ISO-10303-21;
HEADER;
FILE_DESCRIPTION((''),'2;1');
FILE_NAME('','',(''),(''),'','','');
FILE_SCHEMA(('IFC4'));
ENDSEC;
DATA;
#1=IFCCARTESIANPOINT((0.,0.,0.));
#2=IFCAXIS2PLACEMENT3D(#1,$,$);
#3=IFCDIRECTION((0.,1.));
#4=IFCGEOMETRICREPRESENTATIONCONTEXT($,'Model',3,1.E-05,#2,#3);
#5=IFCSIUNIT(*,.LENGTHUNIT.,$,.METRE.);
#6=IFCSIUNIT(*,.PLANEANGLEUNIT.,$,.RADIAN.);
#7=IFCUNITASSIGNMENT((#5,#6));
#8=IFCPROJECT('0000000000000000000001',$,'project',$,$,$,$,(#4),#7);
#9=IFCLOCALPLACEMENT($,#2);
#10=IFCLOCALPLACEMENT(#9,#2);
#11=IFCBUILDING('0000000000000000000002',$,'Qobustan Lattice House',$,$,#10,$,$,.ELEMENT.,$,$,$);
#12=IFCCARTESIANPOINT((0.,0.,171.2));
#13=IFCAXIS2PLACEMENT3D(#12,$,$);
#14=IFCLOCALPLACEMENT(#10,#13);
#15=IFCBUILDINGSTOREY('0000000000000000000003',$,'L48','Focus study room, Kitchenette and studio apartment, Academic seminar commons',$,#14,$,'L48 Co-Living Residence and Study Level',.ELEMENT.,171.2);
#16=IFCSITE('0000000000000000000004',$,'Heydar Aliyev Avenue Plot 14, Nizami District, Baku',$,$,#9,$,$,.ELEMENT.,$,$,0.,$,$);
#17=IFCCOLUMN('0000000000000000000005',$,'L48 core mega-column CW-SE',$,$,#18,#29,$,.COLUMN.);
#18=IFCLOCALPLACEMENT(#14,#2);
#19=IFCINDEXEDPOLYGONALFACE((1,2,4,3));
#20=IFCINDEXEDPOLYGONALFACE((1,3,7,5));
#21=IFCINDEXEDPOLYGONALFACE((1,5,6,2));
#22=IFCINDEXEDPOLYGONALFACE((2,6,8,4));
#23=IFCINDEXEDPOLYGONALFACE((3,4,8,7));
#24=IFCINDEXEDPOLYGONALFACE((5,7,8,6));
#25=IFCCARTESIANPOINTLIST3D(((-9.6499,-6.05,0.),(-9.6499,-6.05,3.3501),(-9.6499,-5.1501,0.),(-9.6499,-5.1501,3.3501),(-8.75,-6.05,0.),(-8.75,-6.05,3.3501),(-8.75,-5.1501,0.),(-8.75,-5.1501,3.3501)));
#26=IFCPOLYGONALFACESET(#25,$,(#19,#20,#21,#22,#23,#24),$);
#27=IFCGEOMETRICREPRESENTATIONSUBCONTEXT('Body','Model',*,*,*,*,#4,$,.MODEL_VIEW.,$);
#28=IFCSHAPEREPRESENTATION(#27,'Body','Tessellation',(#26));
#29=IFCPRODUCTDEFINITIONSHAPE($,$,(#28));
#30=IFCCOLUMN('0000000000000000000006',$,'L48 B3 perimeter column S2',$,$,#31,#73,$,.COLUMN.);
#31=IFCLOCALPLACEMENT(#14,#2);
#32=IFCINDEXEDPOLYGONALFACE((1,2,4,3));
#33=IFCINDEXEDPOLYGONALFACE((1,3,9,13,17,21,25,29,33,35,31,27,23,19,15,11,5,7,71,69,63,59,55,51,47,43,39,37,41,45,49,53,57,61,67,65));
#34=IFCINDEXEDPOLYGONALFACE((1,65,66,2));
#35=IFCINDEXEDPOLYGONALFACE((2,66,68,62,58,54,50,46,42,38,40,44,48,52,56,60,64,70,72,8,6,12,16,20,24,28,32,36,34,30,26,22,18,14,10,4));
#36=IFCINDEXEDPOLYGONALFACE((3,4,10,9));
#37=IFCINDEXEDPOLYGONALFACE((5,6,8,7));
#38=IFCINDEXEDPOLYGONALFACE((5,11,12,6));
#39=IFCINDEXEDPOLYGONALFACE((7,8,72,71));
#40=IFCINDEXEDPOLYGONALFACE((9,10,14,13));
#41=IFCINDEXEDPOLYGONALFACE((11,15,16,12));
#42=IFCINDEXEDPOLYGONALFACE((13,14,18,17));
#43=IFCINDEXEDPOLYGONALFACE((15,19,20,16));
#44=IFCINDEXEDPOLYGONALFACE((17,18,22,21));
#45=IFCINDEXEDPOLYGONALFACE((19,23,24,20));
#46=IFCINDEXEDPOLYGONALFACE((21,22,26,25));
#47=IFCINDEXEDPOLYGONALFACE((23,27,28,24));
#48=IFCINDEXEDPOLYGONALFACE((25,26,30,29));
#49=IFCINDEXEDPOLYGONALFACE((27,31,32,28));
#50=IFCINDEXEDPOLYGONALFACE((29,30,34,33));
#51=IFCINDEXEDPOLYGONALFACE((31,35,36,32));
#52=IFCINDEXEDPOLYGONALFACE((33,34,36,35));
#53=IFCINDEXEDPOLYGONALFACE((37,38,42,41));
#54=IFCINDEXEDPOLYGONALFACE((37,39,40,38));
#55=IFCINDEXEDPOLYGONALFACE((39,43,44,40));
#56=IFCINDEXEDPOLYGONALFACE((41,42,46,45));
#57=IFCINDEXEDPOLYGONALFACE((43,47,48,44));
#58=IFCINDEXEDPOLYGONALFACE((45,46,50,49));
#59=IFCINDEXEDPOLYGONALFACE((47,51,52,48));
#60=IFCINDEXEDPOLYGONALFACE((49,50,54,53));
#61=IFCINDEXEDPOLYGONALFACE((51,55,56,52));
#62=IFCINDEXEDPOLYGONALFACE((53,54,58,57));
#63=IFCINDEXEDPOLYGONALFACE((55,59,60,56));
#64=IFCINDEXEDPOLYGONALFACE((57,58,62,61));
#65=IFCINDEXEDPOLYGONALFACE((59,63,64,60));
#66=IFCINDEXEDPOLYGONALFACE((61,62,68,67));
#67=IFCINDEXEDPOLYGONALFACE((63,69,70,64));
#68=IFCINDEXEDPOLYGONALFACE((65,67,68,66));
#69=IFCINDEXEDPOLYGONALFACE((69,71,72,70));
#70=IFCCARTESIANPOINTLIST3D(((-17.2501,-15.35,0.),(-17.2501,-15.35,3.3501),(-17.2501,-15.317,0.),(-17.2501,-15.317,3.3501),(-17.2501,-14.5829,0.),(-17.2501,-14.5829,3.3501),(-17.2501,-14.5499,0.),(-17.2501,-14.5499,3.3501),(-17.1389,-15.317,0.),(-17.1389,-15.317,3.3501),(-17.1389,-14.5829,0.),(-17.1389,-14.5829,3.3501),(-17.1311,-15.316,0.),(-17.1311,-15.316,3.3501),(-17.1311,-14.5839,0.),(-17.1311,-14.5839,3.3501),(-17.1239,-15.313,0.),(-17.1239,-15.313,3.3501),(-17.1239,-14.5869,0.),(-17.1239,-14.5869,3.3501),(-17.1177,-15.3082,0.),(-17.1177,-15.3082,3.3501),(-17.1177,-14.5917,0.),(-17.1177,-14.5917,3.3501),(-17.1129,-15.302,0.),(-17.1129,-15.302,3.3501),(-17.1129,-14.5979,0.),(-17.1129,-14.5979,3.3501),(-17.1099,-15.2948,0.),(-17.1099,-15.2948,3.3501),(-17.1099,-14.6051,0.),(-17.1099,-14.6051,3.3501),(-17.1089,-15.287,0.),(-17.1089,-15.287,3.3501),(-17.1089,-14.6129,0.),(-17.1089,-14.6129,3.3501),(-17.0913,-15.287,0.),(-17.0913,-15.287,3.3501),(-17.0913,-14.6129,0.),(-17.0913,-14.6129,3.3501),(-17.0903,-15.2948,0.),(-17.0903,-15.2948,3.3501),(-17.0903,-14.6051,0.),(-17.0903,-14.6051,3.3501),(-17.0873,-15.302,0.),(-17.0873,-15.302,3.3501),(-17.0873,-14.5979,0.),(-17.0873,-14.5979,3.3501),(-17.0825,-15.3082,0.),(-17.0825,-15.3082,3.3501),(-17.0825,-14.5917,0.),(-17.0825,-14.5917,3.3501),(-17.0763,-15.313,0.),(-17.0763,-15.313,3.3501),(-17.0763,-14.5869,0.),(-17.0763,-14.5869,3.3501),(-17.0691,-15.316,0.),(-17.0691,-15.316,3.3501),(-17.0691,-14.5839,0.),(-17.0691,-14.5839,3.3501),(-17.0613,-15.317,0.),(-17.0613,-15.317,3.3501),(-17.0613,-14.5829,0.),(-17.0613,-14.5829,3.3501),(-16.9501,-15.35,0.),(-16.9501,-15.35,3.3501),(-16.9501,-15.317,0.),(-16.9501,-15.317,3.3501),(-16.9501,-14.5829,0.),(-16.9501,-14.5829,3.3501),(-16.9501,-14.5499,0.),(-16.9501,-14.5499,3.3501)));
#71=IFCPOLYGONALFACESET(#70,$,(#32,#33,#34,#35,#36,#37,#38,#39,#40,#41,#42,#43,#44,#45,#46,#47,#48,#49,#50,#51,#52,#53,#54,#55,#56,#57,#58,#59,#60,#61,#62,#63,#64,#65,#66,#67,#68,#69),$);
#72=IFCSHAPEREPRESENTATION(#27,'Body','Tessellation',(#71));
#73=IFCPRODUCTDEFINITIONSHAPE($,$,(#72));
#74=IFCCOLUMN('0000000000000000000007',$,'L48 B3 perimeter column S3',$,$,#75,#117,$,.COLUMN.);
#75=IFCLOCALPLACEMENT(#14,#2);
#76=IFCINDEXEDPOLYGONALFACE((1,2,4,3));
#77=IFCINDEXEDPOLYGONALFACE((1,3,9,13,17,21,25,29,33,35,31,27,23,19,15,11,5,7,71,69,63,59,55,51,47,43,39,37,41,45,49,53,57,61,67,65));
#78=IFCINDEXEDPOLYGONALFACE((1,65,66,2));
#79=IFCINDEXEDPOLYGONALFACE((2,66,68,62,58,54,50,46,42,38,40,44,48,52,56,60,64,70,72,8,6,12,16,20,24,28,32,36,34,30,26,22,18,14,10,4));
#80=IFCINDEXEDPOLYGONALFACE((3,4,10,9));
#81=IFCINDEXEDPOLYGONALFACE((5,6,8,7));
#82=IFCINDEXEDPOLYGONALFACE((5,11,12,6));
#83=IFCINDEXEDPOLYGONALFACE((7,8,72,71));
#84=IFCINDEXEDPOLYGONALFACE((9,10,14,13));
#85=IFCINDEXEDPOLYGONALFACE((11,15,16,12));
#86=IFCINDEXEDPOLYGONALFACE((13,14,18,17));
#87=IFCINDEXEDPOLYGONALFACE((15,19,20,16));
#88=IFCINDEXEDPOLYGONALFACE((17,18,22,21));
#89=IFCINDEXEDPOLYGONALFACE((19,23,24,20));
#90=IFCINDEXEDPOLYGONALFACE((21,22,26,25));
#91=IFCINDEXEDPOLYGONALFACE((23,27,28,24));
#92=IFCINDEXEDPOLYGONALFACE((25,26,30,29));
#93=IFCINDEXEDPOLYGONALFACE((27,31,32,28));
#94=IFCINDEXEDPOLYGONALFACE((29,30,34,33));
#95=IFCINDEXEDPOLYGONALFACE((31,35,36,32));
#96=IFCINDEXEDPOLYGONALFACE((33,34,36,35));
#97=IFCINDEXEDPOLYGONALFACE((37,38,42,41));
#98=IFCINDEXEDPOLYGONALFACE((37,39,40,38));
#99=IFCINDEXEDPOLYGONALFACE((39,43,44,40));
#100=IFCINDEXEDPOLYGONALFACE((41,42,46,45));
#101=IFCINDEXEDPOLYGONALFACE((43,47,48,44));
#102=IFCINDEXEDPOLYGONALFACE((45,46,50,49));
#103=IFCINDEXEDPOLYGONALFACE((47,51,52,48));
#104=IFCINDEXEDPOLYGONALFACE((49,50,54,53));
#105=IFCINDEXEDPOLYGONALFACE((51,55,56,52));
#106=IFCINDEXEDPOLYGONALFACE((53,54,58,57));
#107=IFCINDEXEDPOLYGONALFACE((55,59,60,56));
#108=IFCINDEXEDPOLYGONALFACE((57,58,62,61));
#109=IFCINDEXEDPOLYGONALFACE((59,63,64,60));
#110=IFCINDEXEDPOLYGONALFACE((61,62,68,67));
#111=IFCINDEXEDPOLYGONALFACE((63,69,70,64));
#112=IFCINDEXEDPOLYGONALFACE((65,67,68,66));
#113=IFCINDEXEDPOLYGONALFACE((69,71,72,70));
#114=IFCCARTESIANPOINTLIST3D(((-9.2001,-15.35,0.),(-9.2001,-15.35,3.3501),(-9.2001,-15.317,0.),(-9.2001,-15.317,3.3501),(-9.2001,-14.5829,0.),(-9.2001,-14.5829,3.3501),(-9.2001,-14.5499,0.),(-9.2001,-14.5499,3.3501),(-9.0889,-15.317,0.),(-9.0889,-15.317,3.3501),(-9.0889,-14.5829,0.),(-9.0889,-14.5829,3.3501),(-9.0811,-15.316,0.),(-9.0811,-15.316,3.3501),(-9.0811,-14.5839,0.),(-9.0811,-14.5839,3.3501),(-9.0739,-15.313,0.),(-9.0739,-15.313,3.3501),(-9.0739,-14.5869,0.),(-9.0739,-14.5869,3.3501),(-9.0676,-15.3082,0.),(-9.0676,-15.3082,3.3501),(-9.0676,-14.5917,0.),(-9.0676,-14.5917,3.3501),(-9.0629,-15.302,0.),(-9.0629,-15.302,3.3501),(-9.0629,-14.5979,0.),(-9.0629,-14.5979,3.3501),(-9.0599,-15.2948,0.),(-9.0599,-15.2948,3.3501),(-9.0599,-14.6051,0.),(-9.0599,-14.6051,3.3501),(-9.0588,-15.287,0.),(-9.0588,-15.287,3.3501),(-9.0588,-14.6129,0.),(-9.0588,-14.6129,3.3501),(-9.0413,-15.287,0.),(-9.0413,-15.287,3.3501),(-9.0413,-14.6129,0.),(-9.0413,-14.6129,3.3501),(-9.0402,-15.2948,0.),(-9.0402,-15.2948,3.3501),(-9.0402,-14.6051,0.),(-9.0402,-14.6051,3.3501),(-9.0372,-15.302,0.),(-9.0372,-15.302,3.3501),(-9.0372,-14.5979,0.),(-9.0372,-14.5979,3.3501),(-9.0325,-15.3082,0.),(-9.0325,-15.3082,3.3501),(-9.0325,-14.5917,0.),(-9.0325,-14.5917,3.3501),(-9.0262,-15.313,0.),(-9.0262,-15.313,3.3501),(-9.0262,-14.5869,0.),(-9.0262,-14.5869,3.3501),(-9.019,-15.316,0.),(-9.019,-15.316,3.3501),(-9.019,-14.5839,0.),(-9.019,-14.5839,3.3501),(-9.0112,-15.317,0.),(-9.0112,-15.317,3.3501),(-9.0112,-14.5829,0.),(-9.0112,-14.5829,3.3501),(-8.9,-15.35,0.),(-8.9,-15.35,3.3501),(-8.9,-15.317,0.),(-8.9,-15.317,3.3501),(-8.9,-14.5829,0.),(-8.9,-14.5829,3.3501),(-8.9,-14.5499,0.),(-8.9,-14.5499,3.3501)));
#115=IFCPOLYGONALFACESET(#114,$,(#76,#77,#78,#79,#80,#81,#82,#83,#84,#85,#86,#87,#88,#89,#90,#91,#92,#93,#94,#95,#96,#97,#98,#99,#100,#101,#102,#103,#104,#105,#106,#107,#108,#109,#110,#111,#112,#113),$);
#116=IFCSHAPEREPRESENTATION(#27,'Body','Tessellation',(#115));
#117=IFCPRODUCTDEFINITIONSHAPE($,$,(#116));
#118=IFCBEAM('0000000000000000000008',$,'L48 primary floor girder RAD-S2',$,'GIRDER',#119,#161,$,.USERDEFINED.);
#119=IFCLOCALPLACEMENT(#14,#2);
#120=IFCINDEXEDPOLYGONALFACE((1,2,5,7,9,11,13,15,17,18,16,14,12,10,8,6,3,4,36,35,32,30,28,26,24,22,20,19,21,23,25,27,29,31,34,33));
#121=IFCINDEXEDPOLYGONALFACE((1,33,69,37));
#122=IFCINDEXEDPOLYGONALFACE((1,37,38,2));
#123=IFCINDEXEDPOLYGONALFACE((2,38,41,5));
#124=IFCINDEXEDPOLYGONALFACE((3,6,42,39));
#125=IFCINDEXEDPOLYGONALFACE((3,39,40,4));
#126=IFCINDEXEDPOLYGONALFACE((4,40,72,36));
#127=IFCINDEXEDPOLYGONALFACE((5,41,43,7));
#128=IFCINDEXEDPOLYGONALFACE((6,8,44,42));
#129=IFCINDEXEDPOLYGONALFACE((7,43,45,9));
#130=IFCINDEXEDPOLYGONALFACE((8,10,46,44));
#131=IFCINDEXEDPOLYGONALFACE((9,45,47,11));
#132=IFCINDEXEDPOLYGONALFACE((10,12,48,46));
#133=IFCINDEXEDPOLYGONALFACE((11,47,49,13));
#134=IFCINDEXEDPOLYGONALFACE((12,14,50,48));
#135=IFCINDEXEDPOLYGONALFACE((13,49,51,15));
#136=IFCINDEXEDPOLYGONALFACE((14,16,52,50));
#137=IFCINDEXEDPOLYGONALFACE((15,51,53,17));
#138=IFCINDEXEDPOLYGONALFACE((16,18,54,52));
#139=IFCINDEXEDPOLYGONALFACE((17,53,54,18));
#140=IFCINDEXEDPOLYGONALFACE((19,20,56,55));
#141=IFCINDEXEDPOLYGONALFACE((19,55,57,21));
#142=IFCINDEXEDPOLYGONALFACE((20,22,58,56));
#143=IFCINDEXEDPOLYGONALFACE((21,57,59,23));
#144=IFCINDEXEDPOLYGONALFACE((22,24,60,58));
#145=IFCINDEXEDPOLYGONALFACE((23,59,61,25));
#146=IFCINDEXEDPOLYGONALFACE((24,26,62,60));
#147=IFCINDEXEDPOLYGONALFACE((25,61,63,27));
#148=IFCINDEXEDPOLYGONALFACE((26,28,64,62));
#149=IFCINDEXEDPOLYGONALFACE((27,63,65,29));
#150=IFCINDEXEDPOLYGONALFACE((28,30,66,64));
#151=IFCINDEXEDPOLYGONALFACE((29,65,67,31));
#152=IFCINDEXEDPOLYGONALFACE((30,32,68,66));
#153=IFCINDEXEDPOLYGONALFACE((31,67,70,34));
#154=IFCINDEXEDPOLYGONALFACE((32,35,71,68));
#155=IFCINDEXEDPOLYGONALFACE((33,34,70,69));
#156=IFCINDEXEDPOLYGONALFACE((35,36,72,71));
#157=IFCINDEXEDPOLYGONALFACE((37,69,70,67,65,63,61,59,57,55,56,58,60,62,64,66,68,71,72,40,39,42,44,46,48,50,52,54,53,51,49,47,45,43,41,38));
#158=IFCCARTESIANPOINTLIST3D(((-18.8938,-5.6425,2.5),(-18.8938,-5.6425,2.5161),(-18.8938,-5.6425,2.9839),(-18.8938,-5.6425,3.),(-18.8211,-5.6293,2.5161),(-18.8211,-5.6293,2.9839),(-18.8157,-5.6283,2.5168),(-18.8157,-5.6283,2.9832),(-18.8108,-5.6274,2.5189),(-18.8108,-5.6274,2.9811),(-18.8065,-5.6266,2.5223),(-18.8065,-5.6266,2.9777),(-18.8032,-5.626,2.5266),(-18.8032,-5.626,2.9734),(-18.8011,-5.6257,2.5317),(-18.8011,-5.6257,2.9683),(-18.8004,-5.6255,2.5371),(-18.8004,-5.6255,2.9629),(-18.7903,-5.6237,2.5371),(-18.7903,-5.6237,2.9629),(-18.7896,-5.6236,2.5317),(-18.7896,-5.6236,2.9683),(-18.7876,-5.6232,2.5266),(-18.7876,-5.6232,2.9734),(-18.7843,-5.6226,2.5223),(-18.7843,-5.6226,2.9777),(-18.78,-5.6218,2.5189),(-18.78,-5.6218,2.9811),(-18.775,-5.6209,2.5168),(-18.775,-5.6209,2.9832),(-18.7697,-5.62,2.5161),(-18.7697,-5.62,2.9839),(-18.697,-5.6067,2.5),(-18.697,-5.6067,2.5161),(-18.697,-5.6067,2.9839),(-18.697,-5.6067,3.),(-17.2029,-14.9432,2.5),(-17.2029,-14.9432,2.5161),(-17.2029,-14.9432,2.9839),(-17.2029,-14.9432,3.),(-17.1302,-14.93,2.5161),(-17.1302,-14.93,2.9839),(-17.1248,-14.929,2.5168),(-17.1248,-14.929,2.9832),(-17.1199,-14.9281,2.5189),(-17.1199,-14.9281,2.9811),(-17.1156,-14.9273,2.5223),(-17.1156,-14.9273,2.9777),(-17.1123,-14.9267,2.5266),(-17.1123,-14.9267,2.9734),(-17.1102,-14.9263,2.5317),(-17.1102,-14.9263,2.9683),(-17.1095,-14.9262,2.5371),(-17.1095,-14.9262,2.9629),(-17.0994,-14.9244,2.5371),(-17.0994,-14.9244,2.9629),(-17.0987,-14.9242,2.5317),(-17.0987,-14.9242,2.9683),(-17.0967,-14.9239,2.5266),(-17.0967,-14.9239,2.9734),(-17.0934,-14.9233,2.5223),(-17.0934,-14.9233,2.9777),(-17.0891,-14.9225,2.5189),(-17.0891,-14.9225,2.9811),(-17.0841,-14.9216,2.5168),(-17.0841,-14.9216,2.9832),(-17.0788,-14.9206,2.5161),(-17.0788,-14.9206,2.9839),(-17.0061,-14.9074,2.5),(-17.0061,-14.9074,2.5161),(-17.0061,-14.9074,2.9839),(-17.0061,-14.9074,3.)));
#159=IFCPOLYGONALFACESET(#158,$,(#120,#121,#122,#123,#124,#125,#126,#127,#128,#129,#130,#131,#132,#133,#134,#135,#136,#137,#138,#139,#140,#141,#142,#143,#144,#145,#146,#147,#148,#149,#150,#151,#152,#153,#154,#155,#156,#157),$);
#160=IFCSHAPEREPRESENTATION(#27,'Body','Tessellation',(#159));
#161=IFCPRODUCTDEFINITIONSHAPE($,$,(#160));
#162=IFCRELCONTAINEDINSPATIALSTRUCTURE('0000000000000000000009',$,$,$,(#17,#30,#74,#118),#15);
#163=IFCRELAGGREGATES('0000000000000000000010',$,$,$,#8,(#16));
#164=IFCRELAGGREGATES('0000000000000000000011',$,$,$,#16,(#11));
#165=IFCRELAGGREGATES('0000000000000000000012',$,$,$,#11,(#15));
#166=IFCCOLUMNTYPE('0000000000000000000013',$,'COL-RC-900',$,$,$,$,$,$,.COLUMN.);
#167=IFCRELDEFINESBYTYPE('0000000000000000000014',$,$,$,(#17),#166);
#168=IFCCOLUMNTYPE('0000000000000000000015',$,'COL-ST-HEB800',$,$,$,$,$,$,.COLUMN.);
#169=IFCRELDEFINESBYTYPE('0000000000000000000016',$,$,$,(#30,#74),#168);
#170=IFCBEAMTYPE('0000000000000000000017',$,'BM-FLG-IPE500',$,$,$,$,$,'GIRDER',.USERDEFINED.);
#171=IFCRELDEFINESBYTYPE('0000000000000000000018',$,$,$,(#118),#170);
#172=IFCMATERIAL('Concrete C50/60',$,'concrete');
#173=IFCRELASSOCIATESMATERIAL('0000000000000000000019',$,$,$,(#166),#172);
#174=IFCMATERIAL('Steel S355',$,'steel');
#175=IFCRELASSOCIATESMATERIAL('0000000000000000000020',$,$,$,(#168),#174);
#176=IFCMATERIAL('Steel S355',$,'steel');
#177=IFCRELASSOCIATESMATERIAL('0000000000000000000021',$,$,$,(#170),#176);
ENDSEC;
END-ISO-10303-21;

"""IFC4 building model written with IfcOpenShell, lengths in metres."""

from ifc_helpers import new_model, si_unit, direction, frame, origin, origin_2d, place, context, subcontext, project, spatial, rectangle, i_section, extrude, material, material_profile, profile_set, type_object, element, save


model = new_model("IFC4")

# Units and contexts
model_context = context("Model", 3, precision=1e-05, world=origin(), true_north=direction((0.0, 1.0)))
body_context = subcontext(model_context, "Body", "Model", "MODEL_VIEW")
ifc_project = project(units=[si_unit("LENGTHUNIT", "METRE"), si_unit("PLANEANGLEUNIT", "RADIAN")], contexts=[model_context])

# Site, building, storey
site_placement = place(None, origin())
site = spatial("IfcSite", under=ifc_project, at=site_placement, Name="Heydar Aliyev Avenue Plot 14, Nizami District, Baku", CompositionType="ELEMENT", RefElevation=0.0)
building_placement = place(site_placement, origin())
building = spatial("IfcBuilding", under=site, at=building_placement, Name="Qobustan Lattice House", CompositionType="ELEMENT")
storey_placement = place(building_placement, frame((0.0, 0.0, 171.2)))
storey = spatial("IfcBuildingStorey", under=building, at=storey_placement, Name="L48", Description="Focus study room, Kitchenette and studio apartment, Academic seminar commons", LongName="L48 Co-Living Residence and Study Level", CompositionType="ELEMENT", Elevation=171.2)

# Columns
ifc_material_1 = material(Name="Concrete C50/60", Category="concrete")
ifc_material_profile_1 = material_profile(ifc_material_1, rectangle(XDim=0.8999, YDim=0.8999, at=origin_2d()), Name="RC900x900")
ifc_profile_set_1 = profile_set([ifc_material_profile_1], Name="Concrete C50/60")
column_type_1 = type_object("IfcColumnType", Name="COL-RC-900", PredefinedType="COLUMN", material=ifc_profile_set_1)
column_placement = place(storey_placement, frame((-9.2, -5.6001, 0.0), z_axis=(0.0, 0.0, 1.0), x_axis=(1.0, 0.0, 0.0)))
element("IfcColumn", 1, at=column_placement, inside=storey, type_object=column_type_1, Name="L48 core mega-column CW-SE", PredefinedType="COLUMN", context=body_context, shape_type="SweptSolid", body=[
    extrude(rectangle(XDim=0.8999, YDim=0.8999, at=origin_2d()), origin(), (0.0, 0.0, 1.0), 3.3501),
])
ifc_material_2 = material(Name="Steel S355", Category="steel")
ifc_material_profile_2 = material_profile(ifc_material_2, i_section(OverallWidth=0.3, OverallDepth=0.8, WebThickness=0.0176, FlangeThickness=0.033, FilletRadius=0.03, at=origin_2d()), Name="HEB800")
ifc_profile_set_2 = profile_set([ifc_material_profile_2], Name="Steel S355")
column_type_2 = type_object("IfcColumnType", Name="COL-ST-HEB800", PredefinedType="COLUMN", material=ifc_profile_set_2)
for number, where, z_axis, x_axis, name in (
    (2, (-17.1001, -14.95, 0.0), (0.0, 0.0, 1.0), (1.0, 0.0, 0.0), "L48 B3 perimeter column S2"),
    (3, (-9.05, -14.95, 0.0), (0.0, 0.0, 1.0), (1.0, 0.0, 0.0), "L48 B3 perimeter column S3"),
):
    element("IfcColumn", number, at=place(storey_placement, frame(where, z_axis=z_axis, x_axis=x_axis)), inside=storey, type_object=column_type_2, Name=name, PredefinedType="COLUMN", context=body_context, shape_type="SweptSolid", body=[
        extrude(i_section(OverallWidth=0.3, OverallDepth=0.8, WebThickness=0.0176, FlangeThickness=0.033, FilletRadius=0.03, at=origin_2d()), origin(), (0.0, 0.0, 1.0), 3.3501),
    ])

# Beam
ifc_material_3 = material(Name="Steel S355", Category="steel")
ifc_material_profile_3 = material_profile(ifc_material_3, i_section(OverallWidth=0.2, OverallDepth=0.5, WebThickness=0.0103, FlangeThickness=0.0161, FilletRadius=0.021, at=origin_2d()), Name="IPE500")
ifc_profile_set_3 = profile_set([ifc_material_profile_3], Name="Steel S355")
beam_type_1 = type_object("IfcBeamType", Name="BM-FLG-IPE500", ElementType="GIRDER", PredefinedType="USERDEFINED", material=ifc_profile_set_3)
beam_1_placement = place(storey_placement, frame((-17.1045, -14.9253, 2.75), z_axis=(-0.178872, 0.983872, 0.0), x_axis=(-0.983872, -0.178872, 0.0)))
element("IfcBeam", 4, at=beam_1_placement, inside=storey, type_object=beam_type_1, Name="L48 primary floor girder RAD-S2", ObjectType="GIRDER", PredefinedType="USERDEFINED", context=body_context, shape_type="SweptSolid", body=[
    extrude(i_section(OverallWidth=0.2, OverallDepth=0.5, WebThickness=0.0103, FlangeThickness=0.0161, FilletRadius=0.021, at=origin_2d()), origin(), (0.0, 0.0, 1.0), 9.4531),
])

save(model, "model.ifc")
